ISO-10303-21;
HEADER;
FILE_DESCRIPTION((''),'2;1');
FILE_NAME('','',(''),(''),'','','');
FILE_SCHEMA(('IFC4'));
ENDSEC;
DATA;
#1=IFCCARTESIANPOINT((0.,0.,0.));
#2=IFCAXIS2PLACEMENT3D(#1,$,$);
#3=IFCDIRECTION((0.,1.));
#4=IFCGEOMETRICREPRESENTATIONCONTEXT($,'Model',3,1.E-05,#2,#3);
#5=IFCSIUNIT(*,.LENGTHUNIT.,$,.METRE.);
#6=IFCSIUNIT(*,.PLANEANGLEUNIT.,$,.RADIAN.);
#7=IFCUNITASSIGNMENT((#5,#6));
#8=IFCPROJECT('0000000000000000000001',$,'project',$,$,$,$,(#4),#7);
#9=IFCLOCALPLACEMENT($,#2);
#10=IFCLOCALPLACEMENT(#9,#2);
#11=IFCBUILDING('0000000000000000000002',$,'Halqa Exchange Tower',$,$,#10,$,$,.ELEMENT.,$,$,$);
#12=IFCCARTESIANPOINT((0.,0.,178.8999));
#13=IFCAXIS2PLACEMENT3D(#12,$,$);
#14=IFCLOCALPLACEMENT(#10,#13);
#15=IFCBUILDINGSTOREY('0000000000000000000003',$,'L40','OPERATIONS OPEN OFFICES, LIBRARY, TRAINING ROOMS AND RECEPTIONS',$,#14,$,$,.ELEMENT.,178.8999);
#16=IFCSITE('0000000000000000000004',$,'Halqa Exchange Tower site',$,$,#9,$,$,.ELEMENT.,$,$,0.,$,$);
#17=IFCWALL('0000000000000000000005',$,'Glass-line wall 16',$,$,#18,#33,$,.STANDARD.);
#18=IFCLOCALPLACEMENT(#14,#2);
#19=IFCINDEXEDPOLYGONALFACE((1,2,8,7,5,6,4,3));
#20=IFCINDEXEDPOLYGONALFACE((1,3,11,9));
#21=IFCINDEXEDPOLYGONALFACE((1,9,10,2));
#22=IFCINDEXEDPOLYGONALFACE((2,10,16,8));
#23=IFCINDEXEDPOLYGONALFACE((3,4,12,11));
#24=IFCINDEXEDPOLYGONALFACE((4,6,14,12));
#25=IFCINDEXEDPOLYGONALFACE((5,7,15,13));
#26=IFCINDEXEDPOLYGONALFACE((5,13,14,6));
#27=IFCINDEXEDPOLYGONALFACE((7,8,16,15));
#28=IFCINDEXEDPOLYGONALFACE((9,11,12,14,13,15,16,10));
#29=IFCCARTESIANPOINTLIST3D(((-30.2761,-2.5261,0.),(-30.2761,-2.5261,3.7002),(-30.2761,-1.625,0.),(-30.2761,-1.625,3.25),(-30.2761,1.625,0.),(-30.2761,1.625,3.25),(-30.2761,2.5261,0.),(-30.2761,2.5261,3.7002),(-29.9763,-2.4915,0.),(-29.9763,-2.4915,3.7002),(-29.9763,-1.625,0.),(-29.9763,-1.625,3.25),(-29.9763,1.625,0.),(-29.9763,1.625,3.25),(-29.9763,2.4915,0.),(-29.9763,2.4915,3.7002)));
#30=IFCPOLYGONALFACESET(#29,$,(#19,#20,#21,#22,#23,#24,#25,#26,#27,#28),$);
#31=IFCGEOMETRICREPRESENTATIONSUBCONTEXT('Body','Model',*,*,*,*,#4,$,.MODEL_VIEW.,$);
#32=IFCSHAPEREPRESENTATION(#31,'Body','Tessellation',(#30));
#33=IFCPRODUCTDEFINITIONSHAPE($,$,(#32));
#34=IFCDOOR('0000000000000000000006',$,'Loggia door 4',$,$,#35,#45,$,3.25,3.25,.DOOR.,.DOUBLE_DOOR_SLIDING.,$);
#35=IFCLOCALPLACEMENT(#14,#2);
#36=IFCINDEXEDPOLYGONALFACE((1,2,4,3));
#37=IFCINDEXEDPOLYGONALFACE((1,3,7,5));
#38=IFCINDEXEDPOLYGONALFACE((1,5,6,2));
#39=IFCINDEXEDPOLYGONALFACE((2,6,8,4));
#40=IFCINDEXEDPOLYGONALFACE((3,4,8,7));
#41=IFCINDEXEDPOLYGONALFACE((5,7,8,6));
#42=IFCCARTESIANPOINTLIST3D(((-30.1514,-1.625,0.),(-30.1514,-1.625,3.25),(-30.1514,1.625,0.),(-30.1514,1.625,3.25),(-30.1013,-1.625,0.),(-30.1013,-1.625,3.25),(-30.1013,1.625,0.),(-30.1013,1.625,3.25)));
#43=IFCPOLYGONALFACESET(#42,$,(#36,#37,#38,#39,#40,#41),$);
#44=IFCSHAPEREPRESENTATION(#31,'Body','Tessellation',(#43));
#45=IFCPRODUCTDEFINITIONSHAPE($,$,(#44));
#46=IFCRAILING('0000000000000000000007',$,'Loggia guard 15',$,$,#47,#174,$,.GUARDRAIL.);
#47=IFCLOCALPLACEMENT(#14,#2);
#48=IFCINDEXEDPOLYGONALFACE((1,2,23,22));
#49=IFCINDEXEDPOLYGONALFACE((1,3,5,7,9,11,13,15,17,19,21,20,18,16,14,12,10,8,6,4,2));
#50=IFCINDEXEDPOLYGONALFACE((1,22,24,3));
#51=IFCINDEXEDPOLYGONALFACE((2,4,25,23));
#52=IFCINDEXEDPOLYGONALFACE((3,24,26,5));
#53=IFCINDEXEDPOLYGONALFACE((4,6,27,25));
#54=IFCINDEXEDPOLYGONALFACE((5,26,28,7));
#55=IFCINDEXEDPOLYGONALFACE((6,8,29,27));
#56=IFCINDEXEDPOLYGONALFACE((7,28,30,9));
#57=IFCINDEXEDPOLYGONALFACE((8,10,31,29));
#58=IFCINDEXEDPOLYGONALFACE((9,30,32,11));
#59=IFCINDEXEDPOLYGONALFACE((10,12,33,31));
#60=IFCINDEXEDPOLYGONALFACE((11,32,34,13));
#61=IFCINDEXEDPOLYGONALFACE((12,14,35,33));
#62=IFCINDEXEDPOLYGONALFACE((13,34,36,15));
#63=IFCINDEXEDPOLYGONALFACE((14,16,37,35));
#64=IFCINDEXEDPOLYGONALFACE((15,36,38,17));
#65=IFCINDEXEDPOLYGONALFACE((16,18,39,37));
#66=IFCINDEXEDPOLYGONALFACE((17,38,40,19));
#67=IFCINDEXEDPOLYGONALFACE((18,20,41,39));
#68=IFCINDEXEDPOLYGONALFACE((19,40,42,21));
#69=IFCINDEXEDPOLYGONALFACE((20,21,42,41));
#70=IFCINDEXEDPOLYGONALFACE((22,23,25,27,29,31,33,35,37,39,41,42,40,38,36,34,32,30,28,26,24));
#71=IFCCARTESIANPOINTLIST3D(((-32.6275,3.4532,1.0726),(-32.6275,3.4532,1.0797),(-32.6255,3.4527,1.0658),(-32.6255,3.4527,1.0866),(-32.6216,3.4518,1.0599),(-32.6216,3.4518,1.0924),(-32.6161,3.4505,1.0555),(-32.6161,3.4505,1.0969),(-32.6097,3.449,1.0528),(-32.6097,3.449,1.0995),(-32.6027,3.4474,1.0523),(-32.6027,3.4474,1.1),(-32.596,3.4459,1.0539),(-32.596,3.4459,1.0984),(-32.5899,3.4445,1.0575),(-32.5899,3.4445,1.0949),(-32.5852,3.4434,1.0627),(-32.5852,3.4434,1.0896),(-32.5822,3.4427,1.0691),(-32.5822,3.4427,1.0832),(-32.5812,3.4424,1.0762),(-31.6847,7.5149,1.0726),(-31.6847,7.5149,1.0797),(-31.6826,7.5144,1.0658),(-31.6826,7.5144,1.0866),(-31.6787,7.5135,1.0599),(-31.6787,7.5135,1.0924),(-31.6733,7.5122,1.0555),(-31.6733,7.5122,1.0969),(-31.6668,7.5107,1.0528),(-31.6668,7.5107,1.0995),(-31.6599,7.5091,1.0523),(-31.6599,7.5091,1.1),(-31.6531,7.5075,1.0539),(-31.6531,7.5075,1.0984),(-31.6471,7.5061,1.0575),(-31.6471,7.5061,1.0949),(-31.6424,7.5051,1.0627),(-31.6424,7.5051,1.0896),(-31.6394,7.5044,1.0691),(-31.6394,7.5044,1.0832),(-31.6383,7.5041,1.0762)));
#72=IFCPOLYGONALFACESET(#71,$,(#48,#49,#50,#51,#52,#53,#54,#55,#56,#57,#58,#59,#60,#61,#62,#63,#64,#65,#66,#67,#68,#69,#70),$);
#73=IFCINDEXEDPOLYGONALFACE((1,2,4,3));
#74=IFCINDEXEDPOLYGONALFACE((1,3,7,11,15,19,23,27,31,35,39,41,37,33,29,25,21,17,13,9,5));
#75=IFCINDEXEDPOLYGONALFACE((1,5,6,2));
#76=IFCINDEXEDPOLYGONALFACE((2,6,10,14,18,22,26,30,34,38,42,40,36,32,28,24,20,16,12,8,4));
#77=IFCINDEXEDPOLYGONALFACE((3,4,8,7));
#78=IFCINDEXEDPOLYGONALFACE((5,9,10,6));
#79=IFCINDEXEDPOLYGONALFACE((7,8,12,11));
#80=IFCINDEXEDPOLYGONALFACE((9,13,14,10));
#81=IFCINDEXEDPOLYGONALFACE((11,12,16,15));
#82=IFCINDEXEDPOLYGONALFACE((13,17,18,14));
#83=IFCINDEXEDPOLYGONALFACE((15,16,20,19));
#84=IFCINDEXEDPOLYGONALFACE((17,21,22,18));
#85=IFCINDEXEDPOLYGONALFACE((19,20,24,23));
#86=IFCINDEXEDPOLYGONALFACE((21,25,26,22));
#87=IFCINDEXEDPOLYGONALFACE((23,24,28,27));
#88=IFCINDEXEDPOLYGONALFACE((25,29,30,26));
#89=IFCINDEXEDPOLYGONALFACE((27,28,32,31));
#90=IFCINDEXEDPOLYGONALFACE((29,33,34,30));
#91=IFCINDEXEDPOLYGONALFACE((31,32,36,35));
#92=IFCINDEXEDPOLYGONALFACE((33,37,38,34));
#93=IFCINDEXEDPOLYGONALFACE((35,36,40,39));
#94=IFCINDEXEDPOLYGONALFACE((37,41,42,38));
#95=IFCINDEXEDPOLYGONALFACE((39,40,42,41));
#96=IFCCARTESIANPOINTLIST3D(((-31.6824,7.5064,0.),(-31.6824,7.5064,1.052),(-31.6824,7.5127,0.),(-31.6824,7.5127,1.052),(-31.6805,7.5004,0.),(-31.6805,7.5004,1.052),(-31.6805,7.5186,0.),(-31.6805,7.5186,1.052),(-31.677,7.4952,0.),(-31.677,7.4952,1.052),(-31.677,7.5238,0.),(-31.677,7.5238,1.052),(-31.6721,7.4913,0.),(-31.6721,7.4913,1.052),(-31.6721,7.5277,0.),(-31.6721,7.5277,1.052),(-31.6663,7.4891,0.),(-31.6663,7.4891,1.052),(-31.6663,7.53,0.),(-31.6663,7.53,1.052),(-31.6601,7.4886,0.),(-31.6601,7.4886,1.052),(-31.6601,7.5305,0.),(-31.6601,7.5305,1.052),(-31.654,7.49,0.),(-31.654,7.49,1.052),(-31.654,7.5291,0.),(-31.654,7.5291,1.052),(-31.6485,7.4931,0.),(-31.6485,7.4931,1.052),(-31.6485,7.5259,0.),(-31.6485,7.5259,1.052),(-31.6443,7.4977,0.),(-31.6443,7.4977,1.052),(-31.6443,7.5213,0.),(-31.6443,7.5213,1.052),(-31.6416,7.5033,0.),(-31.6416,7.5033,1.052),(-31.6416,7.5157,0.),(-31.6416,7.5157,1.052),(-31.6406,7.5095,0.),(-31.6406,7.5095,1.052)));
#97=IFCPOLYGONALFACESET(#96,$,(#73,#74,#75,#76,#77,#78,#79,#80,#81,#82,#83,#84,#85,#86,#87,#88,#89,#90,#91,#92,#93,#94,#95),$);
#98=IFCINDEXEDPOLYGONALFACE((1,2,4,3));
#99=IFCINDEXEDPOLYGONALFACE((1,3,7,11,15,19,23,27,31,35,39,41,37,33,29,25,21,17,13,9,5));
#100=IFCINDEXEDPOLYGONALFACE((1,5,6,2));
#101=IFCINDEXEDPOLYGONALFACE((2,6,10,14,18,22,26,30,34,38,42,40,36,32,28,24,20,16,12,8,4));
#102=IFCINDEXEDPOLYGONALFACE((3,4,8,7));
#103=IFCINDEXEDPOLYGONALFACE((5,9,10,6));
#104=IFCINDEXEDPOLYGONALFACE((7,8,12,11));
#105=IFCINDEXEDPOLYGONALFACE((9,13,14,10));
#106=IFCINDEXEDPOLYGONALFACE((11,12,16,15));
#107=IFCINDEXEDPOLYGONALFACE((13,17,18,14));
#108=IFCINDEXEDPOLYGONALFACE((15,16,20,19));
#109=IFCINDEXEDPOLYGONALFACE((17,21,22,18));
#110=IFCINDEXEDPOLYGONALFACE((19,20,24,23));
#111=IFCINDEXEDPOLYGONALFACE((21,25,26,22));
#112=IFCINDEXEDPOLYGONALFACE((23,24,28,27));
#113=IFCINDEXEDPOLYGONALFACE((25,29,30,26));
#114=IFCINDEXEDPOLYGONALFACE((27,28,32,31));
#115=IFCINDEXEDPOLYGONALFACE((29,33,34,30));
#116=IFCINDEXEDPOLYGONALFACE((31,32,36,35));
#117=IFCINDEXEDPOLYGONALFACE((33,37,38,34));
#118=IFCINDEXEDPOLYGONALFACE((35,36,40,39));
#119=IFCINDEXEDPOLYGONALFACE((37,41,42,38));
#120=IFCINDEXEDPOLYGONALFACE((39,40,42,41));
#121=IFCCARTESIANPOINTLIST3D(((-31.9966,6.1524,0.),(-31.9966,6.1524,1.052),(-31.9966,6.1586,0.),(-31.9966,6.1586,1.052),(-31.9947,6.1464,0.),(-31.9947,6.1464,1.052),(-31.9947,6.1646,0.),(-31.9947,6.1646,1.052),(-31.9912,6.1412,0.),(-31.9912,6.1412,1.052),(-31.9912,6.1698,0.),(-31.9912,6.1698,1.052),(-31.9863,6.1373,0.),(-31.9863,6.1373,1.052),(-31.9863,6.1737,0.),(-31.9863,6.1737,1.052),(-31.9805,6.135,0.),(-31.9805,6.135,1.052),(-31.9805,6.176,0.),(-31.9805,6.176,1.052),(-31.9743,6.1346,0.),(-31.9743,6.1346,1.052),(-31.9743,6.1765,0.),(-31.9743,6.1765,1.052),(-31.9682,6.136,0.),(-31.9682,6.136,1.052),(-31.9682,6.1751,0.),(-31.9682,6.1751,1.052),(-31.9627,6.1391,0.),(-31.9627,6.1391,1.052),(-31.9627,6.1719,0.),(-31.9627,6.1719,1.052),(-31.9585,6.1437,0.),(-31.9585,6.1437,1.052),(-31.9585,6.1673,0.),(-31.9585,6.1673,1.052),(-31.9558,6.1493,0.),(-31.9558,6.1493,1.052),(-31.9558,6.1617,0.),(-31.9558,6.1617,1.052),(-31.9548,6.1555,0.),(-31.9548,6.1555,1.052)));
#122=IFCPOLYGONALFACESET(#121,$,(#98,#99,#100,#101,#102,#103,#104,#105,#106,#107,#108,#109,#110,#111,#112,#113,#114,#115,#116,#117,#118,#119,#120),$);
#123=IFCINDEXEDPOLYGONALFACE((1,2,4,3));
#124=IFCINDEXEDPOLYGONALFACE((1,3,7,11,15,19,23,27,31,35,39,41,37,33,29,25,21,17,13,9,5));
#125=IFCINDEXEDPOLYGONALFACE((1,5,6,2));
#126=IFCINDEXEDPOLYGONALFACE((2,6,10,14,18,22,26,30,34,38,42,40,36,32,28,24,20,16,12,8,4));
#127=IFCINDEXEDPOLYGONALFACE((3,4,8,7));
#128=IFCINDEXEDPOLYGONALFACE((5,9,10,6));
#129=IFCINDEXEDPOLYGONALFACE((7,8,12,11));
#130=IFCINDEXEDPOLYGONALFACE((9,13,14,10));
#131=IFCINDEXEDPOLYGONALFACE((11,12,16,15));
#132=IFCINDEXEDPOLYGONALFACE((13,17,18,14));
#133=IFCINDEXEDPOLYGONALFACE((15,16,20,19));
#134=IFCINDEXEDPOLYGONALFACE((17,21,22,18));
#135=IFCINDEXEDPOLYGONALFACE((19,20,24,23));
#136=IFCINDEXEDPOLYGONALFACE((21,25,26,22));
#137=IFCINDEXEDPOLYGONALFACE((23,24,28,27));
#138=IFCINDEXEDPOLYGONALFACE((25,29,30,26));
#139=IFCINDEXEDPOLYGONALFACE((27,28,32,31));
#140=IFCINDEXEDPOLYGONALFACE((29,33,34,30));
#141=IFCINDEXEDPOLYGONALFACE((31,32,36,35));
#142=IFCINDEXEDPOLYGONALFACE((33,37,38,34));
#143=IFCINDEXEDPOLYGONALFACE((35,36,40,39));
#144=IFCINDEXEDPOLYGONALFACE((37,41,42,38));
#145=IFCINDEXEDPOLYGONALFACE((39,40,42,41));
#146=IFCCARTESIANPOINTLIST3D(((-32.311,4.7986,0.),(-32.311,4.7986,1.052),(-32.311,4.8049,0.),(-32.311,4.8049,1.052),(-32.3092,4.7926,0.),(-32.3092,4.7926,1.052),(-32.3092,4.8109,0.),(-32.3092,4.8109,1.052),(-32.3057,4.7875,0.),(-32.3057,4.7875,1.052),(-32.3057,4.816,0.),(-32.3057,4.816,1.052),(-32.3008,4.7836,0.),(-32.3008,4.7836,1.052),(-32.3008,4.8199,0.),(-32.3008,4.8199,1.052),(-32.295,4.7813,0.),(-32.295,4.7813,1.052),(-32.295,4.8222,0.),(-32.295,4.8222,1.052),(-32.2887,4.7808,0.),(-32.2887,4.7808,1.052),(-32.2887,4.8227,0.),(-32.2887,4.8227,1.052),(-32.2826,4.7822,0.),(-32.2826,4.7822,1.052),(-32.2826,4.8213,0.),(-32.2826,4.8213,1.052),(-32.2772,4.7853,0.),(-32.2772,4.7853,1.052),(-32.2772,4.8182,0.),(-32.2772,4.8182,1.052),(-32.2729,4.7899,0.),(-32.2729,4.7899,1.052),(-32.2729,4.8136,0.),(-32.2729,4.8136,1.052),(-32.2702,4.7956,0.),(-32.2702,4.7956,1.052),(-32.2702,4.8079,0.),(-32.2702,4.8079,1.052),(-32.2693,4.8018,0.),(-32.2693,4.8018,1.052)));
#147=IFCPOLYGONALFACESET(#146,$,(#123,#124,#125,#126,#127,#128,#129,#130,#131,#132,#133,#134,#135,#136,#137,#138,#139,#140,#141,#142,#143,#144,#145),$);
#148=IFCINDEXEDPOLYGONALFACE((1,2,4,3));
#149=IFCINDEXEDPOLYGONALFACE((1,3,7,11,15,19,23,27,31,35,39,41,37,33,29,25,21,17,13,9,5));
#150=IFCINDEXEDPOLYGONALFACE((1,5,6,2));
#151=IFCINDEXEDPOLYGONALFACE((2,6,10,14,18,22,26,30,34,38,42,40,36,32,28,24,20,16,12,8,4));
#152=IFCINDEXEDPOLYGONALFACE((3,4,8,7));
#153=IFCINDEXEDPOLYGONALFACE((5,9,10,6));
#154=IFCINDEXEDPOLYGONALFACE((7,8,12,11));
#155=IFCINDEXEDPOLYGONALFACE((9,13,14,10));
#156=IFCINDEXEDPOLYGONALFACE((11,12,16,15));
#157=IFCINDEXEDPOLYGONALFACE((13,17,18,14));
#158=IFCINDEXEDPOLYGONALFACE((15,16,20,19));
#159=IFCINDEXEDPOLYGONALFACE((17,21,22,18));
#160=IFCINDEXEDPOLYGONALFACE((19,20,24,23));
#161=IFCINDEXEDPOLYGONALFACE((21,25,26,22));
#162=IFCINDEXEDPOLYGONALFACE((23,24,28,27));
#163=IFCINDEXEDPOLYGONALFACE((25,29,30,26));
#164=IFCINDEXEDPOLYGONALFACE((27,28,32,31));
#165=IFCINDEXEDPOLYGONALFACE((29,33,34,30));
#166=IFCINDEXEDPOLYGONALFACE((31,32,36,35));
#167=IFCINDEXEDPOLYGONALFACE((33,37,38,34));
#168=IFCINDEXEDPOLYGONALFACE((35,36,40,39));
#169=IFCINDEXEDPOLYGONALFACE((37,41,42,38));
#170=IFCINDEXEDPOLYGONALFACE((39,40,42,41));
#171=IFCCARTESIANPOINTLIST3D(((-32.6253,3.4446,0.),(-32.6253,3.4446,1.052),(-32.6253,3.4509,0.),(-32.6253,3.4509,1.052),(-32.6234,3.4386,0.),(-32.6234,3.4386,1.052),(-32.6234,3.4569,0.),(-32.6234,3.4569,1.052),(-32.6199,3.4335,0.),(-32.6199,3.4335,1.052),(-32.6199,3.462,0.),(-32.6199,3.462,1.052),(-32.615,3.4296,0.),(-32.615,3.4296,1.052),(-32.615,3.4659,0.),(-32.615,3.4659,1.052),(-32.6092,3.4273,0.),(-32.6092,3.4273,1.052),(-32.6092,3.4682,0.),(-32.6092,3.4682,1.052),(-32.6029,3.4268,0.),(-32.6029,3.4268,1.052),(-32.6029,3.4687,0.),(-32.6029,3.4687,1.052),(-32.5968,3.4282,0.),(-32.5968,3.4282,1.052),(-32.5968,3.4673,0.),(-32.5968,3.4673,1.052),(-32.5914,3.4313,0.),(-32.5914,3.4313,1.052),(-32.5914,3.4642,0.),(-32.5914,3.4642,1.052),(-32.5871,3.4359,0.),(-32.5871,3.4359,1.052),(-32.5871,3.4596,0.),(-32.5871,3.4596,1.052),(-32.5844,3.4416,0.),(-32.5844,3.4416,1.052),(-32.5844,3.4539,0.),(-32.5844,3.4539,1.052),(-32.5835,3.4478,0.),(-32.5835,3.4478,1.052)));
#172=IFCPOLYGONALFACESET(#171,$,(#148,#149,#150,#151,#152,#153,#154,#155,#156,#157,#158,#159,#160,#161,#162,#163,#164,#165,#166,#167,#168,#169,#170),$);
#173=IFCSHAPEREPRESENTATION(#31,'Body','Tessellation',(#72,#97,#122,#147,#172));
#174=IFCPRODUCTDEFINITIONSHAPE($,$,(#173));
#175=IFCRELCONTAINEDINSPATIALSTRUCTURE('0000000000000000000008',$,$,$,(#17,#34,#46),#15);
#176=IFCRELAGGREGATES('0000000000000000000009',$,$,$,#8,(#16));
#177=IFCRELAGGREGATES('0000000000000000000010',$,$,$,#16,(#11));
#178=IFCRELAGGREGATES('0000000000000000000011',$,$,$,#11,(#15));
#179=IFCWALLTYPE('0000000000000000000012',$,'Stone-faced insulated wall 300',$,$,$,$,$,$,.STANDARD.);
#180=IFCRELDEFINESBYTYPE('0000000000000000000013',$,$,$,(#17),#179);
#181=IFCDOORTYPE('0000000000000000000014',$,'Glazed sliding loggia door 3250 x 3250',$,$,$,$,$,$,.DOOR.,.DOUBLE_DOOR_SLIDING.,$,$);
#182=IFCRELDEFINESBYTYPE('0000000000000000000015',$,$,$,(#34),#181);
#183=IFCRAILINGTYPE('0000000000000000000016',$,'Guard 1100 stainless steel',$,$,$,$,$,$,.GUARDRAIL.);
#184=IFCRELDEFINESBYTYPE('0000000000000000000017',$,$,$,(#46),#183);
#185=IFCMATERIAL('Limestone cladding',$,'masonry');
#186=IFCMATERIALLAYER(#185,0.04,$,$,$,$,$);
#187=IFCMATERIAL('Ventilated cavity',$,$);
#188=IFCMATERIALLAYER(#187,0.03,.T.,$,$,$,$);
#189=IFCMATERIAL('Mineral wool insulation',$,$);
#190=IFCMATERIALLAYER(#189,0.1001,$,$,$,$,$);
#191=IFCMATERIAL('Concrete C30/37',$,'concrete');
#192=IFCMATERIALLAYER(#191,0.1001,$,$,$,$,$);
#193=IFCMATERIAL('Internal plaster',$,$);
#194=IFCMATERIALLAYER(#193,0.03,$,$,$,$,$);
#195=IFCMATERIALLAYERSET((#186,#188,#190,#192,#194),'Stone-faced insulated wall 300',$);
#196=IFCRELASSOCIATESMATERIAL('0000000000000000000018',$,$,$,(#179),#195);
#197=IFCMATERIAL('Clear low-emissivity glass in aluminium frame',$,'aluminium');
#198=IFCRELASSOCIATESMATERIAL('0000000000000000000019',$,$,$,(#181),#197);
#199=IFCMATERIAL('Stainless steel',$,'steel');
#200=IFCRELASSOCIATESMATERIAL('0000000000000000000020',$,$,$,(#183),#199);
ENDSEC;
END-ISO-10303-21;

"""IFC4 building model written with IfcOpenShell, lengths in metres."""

from ifc_helpers import new_model, si_unit, direction, frame, frame_2d, origin, origin_2d, place, context, subcontext, project, spatial, polyline, rectangle, circle, outline, extrude, material, layer, layer_set, type_object, element, fill, save


model = new_model("IFC4")

# Units and contexts
model_context = context("Model", 3, precision=1e-05, world=origin(), true_north=direction((0.0, 1.0)))
body_context = subcontext(model_context, "Body", "Model", "MODEL_VIEW")
ifc_project = project(units=[si_unit("LENGTHUNIT", "METRE"), si_unit("PLANEANGLEUNIT", "RADIAN")], contexts=[model_context])

# Site, building, storey
site_placement = place(None, origin())
site = spatial("IfcSite", under=ifc_project, at=site_placement, Name="Halqa Exchange Tower site", CompositionType="ELEMENT", RefElevation=0.0)
building_placement = place(site_placement, origin())
building = spatial("IfcBuilding", under=site, at=building_placement, Name="Halqa Exchange Tower", CompositionType="ELEMENT")
storey_placement = place(building_placement, frame((0.0, 0.0, 178.8999)))
storey = spatial("IfcBuildingStorey", under=building, at=storey_placement, Name="L40", Description="OPERATIONS OPEN OFFICES, LIBRARY, TRAINING ROOMS AND RECEPTIONS", CompositionType="ELEMENT", Elevation=178.8999)

# Shared definitions
ifc_material_1 = material(Name="Limestone cladding", Category="masonry")
ifc_layer_1 = layer(ifc_material_1, 0.04)
ifc_material_2 = material(Name="Ventilated cavity")
ifc_layer_2 = layer(ifc_material_2, 0.03, ventilated=True)
ifc_material_3 = material(Name="Mineral wool insulation")
ifc_layer_3 = layer(ifc_material_3, 0.1001)
ifc_material_4 = material(Name="Concrete C30/37", Category="concrete")
ifc_layer_4 = layer(ifc_material_4, 0.1001)
ifc_material_5 = material(Name="Internal plaster")
ifc_layer_5 = layer(ifc_material_5, 0.03)
ifc_layer_set_1 = layer_set([ifc_layer_1, ifc_layer_2, ifc_layer_3, ifc_layer_4, ifc_layer_5], Name="Stone-faced insulated wall 300")
wall_type_1 = type_object("IfcWallType", Name="Stone-faced insulated wall 300", PredefinedType="STANDARD", material=ifc_layer_set_1)
ifc_material_6 = material(Name="Clear low-emissivity glass in aluminium frame", Category="aluminium")

# Wall, opening, door
wall_1_placement = place(storey_placement, frame((-30.1262, 2.5088, 0.0), z_axis=(0.0, 0.0, 1.0), x_axis=(0.0, -1.0, 0.0)))
wall_1 = element("IfcWall", 1, at=wall_1_placement, inside=storey, type_object=wall_type_1, Name="Glass-line wall 16", PredefinedType="STANDARD", context=body_context, shape_type="SweptSolid", body=[
    extrude(outline(polyline([(-0.0173, -0.1499), (5.0349, -0.1499), (5.0002, 0.1499), (0.0173, 0.1499), (-0.0173, -0.1499)])), origin(), (0.0, 0.0, 1.0), 3.7002),
])
opening_1_placement = place(wall_1_placement, frame((0.8838, 0.0, 0.0)))
opening_1 = element("IfcOpeningElement", 2, at=opening_1_placement, cuts=wall_1, PredefinedType="OPENING", context=body_context, shape_type="SweptSolid", body=[
    extrude(rectangle(XDim=3.25, YDim=3.25, at=frame_2d((1.625, 1.625))), frame((0.0, 0.1621, 0.0), z_axis=(0.0, -1.0, 0.0), x_axis=(1.0, 0.0, 0.0)), (0.0, 0.0, 1.0), 0.324),
])
door_type_1 = type_object("IfcDoorType", Name="Glazed sliding loggia door 3250 x 3250", OperationType="DOUBLE_DOOR_SLIDING", PredefinedType="DOOR", material=ifc_material_6)
door_1_placement = place(opening_1_placement, origin())
door_1 = element("IfcDoor", 3, at=door_1_placement, inside=storey, type_object=door_type_1, Name="Loggia door 4", OperationType="DOUBLE_DOOR_SLIDING", OverallHeight=3.25, OverallWidth=3.25, PredefinedType="DOOR", context=body_context, shape_type="SweptSolid", body=[
    extrude(rectangle(XDim=3.25, YDim=3.25, at=frame_2d((1.625, 1.625))), frame((0.0, 0.0249, 0.0), z_axis=(0.0, -1.0, 0.0), x_axis=(1.0, 0.0, 0.0)), (0.0, 0.0, 1.0), 0.05),
])
fill(opening_1, door_1)

# Railing
ifc_material_7 = material(Name="Stainless steel", Category="steel")
railing_type = type_object("IfcRailingType", Name="Guard 1100 stainless steel", PredefinedType="GUARDRAIL", material=ifc_material_7)
railing_1_placement = place(storey_placement, frame((-31.6616, 7.5095, 0.0)))
element("IfcRailing", 4, at=railing_1_placement, inside=storey, type_object=railing_type, Name="Loggia guard 15", PredefinedType="GUARDRAIL", context=body_context, shape_type="SweptSolid", body=[
    extrude(circle(Radius=0.0239, at=origin_2d()), frame((0.0, 0.0, 1.0762), z_axis=(-0.226121, -0.974099, 0.0), x_axis=(0.974099, -0.226121, 0.0)), (0.0, 0.0, 1.0), 4.1697),
    extrude(circle(Radius=0.021, at=origin_2d()), origin(), (0.0, 0.0, 1.0), 1.052),
    extrude(circle(Radius=0.021, at=origin_2d()), frame((-0.3142, -1.354, 0.0)), (0.0, 0.0, 1.0), 1.052),
    extrude(circle(Radius=0.021, at=origin_2d()), frame((-0.6287, -2.7078, 0.0)), (0.0, 0.0, 1.0), 1.052),
    extrude(circle(Radius=0.021, at=origin_2d()), frame((-0.9429, -4.0618, 0.0)), (0.0, 0.0, 1.0), 1.052),
])

save(model, "model.ifc")
